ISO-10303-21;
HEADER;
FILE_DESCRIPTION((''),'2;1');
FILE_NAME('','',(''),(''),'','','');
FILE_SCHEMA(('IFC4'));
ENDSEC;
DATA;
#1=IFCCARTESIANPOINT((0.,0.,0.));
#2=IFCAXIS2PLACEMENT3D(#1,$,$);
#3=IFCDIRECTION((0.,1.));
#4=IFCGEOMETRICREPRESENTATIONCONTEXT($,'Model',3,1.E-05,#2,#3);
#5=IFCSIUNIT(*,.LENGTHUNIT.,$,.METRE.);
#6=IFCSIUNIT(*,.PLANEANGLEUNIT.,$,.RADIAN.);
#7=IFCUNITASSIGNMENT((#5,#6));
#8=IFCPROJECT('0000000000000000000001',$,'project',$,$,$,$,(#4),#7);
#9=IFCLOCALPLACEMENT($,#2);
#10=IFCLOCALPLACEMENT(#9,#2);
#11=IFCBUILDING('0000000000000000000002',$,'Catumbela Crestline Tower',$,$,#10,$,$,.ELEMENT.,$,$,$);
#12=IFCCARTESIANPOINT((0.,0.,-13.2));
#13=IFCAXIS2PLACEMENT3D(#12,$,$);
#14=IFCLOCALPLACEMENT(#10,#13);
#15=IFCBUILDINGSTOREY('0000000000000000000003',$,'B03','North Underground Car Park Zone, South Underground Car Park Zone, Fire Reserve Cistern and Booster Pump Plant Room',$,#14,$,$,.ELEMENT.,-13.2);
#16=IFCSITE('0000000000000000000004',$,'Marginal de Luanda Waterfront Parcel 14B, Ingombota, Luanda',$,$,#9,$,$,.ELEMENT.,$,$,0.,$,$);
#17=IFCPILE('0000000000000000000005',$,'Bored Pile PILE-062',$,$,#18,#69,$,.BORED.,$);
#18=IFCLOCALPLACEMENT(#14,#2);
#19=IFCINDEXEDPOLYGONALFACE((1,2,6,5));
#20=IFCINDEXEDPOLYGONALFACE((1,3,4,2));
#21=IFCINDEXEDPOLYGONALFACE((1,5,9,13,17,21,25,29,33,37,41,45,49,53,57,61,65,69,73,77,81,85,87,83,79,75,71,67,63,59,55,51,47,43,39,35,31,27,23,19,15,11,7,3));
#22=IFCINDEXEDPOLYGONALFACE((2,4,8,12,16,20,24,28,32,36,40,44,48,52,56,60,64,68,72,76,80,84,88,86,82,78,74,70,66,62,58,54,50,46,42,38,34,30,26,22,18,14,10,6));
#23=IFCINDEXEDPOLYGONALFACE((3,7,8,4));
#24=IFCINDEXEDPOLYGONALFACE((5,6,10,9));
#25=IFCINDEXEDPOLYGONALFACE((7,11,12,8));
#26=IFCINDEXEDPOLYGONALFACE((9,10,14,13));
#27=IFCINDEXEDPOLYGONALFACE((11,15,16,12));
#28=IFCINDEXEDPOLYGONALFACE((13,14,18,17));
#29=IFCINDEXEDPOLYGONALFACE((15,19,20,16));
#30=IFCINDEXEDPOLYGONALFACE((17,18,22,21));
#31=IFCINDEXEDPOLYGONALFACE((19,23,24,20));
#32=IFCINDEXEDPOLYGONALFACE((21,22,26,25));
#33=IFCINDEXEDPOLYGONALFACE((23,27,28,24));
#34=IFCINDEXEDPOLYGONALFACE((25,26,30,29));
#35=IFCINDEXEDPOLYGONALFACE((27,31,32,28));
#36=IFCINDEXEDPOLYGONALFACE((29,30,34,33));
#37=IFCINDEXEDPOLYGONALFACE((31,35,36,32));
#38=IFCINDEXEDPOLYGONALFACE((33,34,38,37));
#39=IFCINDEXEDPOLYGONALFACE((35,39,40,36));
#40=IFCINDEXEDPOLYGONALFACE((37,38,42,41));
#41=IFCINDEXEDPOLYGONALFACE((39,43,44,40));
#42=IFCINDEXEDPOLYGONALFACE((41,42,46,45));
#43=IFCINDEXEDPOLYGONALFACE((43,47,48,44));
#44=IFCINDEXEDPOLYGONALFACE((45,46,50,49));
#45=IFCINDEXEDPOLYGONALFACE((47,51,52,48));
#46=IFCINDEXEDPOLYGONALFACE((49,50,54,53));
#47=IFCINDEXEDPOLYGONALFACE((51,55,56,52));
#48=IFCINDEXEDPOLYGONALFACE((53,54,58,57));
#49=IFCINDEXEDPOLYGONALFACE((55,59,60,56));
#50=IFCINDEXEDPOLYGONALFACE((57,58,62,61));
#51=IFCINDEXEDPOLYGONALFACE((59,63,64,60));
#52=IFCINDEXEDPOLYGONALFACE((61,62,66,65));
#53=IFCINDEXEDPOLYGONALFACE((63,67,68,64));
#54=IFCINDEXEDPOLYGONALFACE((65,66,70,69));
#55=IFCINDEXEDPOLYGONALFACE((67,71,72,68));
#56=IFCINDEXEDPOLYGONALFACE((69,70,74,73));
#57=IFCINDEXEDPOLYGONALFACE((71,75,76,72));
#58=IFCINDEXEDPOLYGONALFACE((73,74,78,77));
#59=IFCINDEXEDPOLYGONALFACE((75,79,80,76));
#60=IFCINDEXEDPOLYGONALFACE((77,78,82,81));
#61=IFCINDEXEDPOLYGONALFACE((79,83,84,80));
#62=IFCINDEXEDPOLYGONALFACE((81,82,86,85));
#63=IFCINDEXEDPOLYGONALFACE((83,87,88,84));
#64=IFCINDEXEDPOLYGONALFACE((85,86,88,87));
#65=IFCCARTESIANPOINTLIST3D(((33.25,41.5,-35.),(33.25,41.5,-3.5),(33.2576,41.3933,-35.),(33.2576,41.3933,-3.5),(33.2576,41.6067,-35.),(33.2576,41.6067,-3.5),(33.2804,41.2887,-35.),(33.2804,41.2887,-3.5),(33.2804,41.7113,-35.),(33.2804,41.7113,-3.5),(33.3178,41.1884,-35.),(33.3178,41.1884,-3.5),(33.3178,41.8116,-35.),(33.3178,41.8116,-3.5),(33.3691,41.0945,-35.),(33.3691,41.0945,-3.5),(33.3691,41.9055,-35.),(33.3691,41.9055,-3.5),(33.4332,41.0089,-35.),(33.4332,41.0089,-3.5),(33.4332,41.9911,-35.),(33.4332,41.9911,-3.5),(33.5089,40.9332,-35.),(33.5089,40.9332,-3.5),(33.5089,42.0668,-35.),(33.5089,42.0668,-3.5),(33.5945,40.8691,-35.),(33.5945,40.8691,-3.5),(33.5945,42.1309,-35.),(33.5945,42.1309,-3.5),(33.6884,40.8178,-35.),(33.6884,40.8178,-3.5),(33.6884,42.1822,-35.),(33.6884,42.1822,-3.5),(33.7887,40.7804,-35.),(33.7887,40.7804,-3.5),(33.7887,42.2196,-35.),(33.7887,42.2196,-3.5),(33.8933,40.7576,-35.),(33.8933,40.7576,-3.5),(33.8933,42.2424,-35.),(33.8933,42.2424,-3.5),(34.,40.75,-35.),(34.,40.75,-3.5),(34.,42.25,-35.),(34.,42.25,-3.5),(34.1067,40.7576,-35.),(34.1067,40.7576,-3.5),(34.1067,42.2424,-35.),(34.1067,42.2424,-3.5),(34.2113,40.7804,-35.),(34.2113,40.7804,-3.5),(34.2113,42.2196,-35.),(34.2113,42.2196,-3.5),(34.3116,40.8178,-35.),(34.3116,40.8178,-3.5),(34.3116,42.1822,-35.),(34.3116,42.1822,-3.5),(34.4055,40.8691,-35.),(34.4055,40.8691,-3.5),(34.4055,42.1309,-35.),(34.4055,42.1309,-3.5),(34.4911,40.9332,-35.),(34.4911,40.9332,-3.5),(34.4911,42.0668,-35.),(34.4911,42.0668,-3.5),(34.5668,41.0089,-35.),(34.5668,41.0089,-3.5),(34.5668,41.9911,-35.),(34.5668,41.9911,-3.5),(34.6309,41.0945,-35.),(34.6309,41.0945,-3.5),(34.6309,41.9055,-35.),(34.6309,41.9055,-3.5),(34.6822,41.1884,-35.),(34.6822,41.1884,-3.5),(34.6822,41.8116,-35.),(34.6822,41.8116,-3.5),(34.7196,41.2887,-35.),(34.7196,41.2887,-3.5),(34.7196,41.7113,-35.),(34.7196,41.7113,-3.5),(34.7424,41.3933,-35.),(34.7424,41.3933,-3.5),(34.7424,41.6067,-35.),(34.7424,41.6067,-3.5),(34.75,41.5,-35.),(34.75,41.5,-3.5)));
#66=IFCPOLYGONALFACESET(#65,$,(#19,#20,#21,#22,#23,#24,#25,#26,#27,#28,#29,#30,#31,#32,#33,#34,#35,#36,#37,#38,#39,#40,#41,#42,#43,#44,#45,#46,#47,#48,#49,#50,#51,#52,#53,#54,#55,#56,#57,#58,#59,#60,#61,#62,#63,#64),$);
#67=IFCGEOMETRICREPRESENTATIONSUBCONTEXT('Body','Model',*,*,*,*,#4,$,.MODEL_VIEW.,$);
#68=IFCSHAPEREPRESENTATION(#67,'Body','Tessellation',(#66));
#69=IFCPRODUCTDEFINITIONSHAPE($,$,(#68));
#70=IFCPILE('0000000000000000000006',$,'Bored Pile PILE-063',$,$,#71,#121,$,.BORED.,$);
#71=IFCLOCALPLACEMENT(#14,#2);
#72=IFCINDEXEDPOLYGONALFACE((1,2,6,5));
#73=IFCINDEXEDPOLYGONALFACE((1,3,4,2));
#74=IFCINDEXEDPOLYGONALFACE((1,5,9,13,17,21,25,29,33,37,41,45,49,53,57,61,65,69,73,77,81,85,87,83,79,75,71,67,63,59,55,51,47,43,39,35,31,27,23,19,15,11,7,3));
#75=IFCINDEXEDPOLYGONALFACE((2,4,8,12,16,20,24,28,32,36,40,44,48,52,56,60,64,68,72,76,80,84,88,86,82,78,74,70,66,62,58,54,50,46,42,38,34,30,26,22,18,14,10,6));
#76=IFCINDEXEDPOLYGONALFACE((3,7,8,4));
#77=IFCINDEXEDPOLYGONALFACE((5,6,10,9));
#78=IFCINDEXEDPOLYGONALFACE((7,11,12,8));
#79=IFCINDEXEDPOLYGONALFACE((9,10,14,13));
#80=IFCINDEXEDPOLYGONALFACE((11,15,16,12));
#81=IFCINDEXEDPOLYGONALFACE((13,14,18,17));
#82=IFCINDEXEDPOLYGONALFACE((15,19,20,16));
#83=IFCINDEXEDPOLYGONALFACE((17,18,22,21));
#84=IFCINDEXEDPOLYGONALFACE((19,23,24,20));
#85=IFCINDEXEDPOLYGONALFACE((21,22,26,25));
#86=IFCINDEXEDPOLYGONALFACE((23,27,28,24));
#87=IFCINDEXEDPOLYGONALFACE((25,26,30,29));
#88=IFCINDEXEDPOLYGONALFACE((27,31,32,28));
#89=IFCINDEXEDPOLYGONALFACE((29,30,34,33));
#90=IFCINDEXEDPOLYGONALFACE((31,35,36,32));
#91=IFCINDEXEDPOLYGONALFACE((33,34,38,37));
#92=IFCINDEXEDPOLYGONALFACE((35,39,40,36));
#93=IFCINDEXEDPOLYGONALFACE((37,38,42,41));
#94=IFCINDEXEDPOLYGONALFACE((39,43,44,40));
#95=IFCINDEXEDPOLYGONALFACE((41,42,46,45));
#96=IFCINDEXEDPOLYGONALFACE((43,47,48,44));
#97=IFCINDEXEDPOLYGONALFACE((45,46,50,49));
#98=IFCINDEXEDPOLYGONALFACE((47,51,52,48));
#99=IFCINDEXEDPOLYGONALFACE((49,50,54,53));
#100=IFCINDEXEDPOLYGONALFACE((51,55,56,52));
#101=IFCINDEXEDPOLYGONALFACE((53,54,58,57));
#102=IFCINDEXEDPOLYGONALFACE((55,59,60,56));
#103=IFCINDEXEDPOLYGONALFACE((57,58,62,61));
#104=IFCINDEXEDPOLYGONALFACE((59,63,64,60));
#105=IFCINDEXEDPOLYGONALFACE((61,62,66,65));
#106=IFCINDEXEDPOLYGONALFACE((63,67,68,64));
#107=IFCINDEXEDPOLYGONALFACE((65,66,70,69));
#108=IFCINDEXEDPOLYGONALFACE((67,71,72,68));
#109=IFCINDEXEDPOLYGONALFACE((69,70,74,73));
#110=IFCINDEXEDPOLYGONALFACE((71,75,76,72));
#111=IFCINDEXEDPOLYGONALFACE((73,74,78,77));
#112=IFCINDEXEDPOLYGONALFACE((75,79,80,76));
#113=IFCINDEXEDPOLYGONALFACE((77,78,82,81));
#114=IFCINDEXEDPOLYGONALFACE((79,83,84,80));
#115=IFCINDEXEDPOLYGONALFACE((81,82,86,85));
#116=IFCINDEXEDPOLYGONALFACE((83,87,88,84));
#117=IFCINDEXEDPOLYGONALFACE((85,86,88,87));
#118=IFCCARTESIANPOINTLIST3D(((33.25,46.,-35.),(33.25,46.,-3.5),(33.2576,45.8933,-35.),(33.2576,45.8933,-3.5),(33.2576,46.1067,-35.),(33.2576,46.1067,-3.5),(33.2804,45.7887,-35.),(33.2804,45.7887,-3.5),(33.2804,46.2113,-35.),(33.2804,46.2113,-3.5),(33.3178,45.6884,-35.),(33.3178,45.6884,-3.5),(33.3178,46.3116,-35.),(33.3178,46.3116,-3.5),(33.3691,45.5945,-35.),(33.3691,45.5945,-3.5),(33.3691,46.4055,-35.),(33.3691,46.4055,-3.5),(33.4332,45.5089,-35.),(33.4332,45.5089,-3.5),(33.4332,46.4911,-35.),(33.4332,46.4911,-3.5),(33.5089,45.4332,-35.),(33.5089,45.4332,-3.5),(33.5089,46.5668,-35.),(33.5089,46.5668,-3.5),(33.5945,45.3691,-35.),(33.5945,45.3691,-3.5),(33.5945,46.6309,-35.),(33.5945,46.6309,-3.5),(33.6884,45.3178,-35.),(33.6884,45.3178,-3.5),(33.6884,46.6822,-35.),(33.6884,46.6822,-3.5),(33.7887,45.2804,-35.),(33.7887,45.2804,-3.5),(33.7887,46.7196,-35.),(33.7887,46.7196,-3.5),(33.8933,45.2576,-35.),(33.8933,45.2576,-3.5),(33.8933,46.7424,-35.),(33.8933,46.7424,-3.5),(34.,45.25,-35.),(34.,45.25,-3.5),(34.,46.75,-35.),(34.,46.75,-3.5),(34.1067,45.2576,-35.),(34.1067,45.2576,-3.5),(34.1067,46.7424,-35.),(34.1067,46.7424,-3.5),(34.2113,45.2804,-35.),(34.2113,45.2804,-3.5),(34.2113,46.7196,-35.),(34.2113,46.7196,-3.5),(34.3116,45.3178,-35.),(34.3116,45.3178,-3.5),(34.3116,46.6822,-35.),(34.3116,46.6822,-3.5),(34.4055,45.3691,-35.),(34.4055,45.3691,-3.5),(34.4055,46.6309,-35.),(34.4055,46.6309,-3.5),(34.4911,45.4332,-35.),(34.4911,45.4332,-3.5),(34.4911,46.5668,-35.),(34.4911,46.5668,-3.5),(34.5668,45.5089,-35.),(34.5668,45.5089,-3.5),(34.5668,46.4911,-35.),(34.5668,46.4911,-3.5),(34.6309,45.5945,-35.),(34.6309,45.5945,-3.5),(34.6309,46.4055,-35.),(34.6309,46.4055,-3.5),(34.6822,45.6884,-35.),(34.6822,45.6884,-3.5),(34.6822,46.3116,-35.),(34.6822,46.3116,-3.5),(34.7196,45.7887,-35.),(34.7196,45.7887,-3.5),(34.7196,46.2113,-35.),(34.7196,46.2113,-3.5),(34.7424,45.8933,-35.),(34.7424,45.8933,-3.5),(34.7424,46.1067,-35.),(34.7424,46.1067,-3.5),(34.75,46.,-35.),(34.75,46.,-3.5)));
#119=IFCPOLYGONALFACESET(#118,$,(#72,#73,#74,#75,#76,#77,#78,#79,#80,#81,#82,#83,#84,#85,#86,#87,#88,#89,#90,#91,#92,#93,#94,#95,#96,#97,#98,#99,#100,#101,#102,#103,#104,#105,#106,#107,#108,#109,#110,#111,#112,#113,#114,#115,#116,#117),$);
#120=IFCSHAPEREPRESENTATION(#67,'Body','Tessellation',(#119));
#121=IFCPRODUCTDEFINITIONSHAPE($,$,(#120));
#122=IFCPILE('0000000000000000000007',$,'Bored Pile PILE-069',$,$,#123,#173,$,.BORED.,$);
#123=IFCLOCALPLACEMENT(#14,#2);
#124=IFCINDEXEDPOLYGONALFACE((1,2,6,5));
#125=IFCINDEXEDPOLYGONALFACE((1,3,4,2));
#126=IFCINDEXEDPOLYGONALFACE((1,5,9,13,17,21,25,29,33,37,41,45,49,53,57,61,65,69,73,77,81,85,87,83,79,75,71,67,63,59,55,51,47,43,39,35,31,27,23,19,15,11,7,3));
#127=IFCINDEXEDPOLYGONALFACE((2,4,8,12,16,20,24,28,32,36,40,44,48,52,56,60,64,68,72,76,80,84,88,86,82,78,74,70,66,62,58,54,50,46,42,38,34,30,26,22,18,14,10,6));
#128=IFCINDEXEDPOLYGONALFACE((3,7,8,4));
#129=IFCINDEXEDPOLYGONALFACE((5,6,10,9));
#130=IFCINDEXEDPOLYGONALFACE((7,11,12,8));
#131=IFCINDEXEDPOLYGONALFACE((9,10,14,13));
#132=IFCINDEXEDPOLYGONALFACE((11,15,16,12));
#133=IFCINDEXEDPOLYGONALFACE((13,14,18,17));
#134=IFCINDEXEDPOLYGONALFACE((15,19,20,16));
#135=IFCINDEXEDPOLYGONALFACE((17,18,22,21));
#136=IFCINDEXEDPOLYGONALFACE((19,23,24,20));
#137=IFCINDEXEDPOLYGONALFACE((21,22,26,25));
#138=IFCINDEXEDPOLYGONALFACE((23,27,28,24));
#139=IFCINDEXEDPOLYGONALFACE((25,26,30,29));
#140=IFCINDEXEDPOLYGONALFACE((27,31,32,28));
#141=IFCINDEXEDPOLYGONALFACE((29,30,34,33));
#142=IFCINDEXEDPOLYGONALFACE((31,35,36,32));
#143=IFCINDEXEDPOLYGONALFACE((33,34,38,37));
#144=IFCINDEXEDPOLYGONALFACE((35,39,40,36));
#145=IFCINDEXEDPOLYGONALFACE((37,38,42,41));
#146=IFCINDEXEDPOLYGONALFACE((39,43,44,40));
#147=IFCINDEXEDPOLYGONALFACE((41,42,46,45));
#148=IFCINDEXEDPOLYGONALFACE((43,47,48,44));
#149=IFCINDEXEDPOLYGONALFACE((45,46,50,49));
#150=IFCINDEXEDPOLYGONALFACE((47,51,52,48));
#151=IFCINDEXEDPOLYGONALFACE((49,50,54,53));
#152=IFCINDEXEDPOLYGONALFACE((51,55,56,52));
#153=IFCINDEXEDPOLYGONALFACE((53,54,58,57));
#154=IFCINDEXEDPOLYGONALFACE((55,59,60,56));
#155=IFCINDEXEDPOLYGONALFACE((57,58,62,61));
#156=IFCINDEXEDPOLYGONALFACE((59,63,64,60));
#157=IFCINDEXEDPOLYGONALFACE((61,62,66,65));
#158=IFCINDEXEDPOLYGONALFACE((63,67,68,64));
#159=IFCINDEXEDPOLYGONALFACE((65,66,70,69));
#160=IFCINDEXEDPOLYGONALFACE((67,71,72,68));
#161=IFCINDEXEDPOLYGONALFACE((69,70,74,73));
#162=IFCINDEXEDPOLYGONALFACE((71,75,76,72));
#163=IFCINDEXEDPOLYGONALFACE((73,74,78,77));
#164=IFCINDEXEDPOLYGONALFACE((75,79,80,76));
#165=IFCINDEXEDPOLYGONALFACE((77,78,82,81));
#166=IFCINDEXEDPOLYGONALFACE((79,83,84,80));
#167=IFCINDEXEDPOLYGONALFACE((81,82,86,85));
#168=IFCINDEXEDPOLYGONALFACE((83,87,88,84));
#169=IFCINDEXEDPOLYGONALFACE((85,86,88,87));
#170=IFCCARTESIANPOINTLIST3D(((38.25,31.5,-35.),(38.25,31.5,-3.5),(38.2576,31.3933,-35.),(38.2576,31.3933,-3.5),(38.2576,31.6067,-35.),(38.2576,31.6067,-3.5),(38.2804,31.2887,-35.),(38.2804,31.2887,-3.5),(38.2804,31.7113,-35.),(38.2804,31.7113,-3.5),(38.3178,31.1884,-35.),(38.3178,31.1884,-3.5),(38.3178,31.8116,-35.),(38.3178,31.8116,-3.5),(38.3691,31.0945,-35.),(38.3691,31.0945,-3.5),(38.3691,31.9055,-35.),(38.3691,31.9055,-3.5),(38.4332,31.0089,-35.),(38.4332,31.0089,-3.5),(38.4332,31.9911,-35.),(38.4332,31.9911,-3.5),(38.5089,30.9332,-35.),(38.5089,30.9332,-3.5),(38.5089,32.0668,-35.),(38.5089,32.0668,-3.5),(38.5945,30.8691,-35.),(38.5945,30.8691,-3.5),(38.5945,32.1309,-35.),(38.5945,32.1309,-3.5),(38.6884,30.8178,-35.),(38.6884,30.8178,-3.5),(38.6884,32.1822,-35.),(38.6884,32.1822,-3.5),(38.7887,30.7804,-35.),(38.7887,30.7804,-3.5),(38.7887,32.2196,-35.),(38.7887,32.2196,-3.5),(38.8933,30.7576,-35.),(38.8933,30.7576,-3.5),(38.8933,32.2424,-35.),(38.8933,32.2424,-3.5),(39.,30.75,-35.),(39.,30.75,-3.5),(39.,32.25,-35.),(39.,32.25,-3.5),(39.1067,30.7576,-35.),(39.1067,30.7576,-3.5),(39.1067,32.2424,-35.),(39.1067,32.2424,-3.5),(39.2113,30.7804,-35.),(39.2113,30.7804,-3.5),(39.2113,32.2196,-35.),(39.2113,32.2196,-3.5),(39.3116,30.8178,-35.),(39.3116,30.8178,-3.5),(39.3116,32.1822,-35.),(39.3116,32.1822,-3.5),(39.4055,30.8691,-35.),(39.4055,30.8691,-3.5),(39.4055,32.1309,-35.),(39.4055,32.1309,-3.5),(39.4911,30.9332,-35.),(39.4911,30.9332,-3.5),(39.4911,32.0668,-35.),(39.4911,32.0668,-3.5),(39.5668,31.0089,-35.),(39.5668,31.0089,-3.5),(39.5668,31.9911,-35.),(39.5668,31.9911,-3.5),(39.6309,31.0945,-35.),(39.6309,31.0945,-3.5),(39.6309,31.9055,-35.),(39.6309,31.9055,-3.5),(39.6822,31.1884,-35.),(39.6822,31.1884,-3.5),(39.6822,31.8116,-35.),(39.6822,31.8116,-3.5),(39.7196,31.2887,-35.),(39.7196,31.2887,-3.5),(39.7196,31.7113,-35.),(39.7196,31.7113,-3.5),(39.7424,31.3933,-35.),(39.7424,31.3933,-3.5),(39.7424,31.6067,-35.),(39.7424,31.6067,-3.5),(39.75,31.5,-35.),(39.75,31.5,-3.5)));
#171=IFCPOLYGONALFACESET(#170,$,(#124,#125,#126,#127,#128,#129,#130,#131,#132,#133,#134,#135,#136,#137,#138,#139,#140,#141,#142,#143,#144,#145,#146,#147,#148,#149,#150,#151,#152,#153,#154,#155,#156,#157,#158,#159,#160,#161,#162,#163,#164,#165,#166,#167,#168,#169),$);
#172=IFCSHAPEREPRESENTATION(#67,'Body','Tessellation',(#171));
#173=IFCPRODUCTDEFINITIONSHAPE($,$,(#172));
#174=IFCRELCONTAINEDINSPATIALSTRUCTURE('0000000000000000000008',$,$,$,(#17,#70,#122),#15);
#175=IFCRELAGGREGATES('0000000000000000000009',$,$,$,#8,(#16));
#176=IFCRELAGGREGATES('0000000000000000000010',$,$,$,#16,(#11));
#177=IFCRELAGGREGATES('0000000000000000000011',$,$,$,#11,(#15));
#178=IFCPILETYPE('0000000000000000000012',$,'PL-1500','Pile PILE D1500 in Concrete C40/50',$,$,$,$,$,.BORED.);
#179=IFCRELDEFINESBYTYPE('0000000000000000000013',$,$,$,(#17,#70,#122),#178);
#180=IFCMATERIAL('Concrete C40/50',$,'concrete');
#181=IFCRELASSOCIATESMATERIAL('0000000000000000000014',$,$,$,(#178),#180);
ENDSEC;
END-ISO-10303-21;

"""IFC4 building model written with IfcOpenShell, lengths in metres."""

from ifc_helpers import new_model, si_unit, direction, frame, origin, origin_2d, place, context, subcontext, project, spatial, circle, extrude, material, material_profile, profile_set, type_object, element, save


model = new_model("IFC4")

# Units and contexts
model_context = context("Model", 3, precision=1e-05, world=origin(), true_north=direction((0.0, 1.0)))
body_context = subcontext(model_context, "Body", "Model", "MODEL_VIEW")
ifc_project = project(units=[si_unit("LENGTHUNIT", "METRE"), si_unit("PLANEANGLEUNIT", "RADIAN")], contexts=[model_context])

# Site, building, storey
site_placement = place(None, origin())
site = spatial("IfcSite", under=ifc_project, at=site_placement, Name="Marginal de Luanda Waterfront Parcel 14B, Ingombota, Luanda", CompositionType="ELEMENT", RefElevation=0.0)
building_placement = place(site_placement, origin())
building = spatial("IfcBuilding", under=site, at=building_placement, Name="Catumbela Crestline Tower", CompositionType="ELEMENT")
storey_placement = place(building_placement, frame((0.0, 0.0, -13.2)))
storey = spatial("IfcBuildingStorey", under=building, at=storey_placement, Name="B03", Description="North Underground Car Park Zone, South Underground Car Park Zone, Fire Reserve Cistern and Booster Pump Plant Room", CompositionType="ELEMENT", Elevation=-13.2)

# Piles
ifc_material_1 = material(Name="Concrete C40/50", Category="concrete")
ifc_material_profile_1 = material_profile(ifc_material_1, circle(Radius=0.75, at=origin_2d()), Name="PILE D1500")
ifc_profile_set_1 = profile_set([ifc_material_profile_1], Name="Concrete C40/50")
pile_type = type_object("IfcPileType", Name="PL-1500", Description="Pile PILE D1500 in Concrete C40/50", PredefinedType="BORED", material=ifc_profile_set_1)
for number, where, z_axis, x_axis, name in (
    (1, (34.0, 41.5, -3.5), (0.0, 0.0, -1.0), (1.0, 0.0, 0.0), "Bored Pile PILE-062"),
    (2, (34.0, 46.0, -3.5), (0.0, 0.0, -1.0), (1.0, 0.0, 0.0), "Bored Pile PILE-063"),
    (3, (39.0, 31.5, -3.5), (0.0, 0.0, -1.0), (1.0, 0.0, 0.0), "Bored Pile PILE-069"),
):
    element("IfcPile", number, at=place(storey_placement, frame(where, z_axis=z_axis, x_axis=x_axis)), inside=storey, type_object=pile_type, Name=name, PredefinedType="BORED", context=body_context, shape_type="SweptSolid", body=[
        extrude(circle(Radius=0.75, at=origin_2d()), origin(), (0.0, 0.0, 1.0), 31.5),
    ])

save(model, "model.ifc")
